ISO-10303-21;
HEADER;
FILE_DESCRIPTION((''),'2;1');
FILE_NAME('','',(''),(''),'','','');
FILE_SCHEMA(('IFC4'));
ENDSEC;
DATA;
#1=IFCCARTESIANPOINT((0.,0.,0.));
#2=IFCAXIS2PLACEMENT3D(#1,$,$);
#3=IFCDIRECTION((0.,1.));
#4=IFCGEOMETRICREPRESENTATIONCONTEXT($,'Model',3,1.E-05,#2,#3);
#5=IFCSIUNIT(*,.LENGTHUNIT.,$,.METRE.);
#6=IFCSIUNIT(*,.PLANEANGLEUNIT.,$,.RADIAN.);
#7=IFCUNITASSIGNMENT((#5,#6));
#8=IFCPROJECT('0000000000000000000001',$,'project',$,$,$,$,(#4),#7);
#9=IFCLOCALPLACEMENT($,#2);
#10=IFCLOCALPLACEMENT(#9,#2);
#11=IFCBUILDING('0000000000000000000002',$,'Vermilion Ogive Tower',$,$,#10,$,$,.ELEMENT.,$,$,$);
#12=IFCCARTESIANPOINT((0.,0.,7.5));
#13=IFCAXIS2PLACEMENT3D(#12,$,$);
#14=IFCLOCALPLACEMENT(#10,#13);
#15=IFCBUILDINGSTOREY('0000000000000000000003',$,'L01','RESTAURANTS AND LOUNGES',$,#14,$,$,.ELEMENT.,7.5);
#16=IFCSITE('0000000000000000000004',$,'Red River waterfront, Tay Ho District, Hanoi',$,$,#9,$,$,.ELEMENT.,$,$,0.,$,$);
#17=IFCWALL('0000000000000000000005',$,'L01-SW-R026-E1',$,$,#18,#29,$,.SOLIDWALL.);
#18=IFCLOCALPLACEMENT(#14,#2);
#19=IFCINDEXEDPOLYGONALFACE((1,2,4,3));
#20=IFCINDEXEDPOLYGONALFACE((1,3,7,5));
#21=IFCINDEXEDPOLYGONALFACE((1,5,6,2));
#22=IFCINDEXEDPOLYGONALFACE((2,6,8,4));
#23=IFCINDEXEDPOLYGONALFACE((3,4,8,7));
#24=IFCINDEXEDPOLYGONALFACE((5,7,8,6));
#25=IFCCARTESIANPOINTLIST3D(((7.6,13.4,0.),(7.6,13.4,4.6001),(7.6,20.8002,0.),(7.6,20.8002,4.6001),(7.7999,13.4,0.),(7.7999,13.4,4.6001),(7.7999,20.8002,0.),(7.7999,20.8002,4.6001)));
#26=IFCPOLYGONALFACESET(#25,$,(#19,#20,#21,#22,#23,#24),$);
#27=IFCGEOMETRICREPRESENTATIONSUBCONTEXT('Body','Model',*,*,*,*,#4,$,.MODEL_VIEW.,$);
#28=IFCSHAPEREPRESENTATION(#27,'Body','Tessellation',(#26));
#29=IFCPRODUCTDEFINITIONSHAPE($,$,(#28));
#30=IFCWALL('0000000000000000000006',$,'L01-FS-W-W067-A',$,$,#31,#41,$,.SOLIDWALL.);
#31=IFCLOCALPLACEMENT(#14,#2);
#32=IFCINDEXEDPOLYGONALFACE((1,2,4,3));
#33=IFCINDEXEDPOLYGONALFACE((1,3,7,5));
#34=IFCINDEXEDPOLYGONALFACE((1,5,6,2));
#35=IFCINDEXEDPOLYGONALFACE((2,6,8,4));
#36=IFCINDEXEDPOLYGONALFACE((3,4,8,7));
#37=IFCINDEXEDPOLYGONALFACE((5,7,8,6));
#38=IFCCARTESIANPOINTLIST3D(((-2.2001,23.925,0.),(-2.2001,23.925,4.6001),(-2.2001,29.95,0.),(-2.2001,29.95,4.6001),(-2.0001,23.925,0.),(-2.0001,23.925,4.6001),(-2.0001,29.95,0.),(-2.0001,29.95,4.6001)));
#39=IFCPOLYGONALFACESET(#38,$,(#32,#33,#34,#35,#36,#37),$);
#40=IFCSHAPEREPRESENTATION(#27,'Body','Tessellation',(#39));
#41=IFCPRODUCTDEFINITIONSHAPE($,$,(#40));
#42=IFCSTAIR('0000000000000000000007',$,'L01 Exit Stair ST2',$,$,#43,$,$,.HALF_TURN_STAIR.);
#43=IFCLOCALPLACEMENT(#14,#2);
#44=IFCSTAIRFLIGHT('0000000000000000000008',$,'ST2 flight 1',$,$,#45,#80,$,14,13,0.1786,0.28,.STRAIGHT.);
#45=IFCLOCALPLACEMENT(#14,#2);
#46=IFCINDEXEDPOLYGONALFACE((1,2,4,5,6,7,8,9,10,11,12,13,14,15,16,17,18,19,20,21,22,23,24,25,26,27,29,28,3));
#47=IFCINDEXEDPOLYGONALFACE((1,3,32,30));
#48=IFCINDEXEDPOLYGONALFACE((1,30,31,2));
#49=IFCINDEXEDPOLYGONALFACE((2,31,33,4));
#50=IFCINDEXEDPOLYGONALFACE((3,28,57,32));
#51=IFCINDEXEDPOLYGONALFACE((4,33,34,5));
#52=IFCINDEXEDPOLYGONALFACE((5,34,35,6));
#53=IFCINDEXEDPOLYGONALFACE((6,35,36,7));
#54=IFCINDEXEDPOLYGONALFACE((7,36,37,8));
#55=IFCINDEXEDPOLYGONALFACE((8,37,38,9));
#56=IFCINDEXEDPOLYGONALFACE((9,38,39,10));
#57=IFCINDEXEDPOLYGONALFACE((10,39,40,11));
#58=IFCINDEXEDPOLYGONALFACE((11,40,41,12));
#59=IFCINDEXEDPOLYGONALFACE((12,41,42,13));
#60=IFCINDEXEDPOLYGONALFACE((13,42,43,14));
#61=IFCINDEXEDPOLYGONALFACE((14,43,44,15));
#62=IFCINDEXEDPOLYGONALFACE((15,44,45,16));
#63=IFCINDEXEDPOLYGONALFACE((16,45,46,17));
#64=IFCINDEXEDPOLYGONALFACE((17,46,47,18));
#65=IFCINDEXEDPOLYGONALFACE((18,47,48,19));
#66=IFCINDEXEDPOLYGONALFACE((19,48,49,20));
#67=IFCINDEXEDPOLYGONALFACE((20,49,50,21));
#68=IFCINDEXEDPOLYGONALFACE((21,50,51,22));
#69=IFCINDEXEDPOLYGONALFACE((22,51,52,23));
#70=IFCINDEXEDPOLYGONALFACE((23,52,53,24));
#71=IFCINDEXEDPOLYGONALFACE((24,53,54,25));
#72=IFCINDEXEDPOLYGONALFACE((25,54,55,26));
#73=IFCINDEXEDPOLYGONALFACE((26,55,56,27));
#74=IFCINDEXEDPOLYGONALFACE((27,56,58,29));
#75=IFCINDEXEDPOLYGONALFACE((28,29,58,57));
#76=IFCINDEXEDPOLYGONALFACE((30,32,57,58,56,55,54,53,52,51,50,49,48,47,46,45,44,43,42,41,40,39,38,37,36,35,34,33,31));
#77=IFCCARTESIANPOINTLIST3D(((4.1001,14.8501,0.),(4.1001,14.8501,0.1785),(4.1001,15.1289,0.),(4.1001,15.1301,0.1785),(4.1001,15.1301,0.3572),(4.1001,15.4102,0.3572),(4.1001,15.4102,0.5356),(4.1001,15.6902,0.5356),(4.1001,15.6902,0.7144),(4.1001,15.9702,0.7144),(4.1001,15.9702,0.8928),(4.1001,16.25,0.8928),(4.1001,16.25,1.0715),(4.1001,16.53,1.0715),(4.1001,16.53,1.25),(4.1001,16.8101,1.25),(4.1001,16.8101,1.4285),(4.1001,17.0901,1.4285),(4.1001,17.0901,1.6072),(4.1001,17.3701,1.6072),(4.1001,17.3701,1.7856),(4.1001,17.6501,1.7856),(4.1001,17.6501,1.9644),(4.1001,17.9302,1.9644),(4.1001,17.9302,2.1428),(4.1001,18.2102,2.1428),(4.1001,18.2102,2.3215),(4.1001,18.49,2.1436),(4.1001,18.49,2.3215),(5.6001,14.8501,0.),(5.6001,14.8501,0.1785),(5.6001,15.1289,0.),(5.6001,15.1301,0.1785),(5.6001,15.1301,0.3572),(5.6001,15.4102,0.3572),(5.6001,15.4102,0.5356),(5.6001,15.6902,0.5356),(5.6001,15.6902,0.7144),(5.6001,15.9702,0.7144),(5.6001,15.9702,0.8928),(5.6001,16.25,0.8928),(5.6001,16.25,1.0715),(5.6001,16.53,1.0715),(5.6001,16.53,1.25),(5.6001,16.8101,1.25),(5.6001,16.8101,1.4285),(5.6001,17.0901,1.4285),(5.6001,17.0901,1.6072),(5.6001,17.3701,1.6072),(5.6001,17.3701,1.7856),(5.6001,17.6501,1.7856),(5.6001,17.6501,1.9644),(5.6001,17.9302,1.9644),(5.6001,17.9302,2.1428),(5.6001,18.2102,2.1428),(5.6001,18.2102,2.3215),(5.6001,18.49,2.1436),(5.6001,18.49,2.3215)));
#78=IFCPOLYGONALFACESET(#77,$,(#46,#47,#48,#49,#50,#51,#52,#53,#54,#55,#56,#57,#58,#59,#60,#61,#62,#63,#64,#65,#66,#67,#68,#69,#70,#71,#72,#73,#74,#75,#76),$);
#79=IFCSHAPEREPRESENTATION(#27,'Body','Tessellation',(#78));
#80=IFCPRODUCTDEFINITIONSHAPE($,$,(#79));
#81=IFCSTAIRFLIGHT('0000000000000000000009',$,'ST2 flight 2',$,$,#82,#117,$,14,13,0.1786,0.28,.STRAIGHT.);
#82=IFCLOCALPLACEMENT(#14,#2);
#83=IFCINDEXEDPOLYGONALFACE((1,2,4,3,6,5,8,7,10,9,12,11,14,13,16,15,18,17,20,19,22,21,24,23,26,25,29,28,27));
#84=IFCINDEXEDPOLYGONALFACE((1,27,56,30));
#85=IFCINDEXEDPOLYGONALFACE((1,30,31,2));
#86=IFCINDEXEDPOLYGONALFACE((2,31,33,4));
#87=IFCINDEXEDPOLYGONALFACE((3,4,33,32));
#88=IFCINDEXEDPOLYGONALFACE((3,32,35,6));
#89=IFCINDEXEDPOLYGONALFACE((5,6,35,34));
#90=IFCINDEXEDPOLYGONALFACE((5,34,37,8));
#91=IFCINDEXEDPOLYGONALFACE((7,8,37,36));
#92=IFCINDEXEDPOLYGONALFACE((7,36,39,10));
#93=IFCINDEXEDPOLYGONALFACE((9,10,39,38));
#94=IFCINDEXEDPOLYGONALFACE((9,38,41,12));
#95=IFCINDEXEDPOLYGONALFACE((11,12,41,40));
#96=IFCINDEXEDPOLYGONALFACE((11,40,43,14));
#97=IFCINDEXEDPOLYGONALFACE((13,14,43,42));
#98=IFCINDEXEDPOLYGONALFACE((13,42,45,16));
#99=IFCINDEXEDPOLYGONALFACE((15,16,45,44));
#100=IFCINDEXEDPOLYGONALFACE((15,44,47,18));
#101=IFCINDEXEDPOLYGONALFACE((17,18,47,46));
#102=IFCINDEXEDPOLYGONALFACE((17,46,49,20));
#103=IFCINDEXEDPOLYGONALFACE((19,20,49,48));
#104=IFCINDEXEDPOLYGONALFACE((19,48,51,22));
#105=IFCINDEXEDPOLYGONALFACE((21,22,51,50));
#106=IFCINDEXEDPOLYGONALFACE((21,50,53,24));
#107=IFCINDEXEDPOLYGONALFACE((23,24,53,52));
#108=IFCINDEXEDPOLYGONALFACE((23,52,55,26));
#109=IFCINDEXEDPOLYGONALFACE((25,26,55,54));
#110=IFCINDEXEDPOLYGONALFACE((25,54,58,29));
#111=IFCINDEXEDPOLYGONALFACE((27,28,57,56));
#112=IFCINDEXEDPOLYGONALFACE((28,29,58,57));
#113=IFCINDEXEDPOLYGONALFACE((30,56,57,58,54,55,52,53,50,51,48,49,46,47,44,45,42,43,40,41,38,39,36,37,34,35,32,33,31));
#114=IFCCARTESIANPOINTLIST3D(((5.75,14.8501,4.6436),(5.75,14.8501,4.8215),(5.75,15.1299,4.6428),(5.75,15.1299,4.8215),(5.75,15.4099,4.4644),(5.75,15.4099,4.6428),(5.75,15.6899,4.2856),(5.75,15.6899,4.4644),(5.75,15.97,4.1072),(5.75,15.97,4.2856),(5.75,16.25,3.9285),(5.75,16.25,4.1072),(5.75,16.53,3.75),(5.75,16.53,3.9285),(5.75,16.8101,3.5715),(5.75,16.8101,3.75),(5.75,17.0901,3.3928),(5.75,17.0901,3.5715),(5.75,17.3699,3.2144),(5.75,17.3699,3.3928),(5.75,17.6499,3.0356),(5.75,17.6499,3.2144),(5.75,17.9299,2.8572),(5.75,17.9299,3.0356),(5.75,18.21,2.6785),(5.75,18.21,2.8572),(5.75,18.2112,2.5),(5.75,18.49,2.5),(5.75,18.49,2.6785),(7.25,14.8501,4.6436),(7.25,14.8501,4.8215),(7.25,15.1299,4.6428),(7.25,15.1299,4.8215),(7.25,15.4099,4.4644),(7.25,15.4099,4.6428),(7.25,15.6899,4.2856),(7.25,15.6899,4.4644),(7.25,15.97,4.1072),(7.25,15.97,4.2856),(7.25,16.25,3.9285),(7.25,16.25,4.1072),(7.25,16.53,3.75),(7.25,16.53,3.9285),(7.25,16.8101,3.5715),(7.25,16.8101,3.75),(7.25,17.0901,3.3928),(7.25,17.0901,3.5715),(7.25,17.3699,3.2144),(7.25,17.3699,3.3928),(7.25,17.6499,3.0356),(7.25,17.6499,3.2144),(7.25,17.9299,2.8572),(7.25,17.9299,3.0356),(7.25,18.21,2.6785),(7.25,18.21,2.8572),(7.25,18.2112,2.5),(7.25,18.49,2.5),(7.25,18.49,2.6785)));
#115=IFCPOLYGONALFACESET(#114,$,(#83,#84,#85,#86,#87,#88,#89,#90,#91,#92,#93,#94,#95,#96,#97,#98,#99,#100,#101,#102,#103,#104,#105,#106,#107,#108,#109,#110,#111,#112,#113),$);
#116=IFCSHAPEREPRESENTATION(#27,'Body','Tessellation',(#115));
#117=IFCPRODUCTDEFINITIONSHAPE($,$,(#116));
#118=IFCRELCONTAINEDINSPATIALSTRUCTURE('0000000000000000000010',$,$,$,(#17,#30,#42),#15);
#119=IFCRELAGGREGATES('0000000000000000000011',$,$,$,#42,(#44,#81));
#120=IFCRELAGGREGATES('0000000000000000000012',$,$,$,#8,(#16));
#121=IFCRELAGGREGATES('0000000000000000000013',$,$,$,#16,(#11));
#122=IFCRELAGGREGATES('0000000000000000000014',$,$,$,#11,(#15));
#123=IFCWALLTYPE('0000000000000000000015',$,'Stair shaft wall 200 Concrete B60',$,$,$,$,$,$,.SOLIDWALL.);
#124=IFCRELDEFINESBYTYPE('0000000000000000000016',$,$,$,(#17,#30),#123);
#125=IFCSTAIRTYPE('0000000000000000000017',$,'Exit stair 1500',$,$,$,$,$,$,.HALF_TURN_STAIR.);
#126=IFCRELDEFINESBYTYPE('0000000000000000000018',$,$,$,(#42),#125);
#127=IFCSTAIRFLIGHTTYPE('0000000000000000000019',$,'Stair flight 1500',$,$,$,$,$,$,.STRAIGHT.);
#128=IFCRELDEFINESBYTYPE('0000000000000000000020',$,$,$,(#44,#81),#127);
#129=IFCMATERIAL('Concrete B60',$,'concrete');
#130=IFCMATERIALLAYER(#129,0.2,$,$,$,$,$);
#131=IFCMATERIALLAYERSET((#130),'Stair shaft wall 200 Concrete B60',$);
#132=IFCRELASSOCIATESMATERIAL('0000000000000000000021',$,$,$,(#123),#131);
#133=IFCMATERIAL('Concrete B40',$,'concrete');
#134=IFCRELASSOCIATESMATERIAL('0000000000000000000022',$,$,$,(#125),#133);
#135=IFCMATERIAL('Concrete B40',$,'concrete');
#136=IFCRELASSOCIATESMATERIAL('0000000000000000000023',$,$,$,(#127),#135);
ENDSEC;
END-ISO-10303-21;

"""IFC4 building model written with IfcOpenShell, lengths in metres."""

from ifc_helpers import new_model, si_unit, direction, frame, frame_2d, origin, place, context, subcontext, project, spatial, polyline, rectangle, outline, extrude, material, layer, layer_set, type_object, element, aggregate, save


model = new_model("IFC4")

# Units and contexts
model_context = context("Model", 3, precision=1e-05, world=origin(), true_north=direction((0.0, 1.0)))
body_context = subcontext(model_context, "Body", "Model", "MODEL_VIEW")
ifc_project = project(units=[si_unit("LENGTHUNIT", "METRE"), si_unit("PLANEANGLEUNIT", "RADIAN")], contexts=[model_context])

# Site, building, storey
site_placement = place(None, origin())
site = spatial("IfcSite", under=ifc_project, at=site_placement, Name="Red River waterfront, Tay Ho District, Hanoi", CompositionType="ELEMENT", RefElevation=0.0)
building_placement = place(site_placement, origin())
building = spatial("IfcBuilding", under=site, at=building_placement, Name="Vermilion Ogive Tower", CompositionType="ELEMENT")
storey_placement = place(building_placement, frame((0.0, 0.0, 7.5)))
storey = spatial("IfcBuildingStorey", under=building, at=storey_placement, Name="L01", Description="RESTAURANTS AND LOUNGES", CompositionType="ELEMENT", Elevation=7.5)

# Shared definitions
ifc_material_1 = material(Name="Concrete B60", Category="concrete")
ifc_layer_1 = layer(ifc_material_1, 0.2)
ifc_layer_set_1 = layer_set([ifc_layer_1], Name="Stair shaft wall 200 Concrete B60")
wall_type_1 = type_object("IfcWallType", Name="Stair shaft wall 200 Concrete B60", PredefinedType="SOLIDWALL", material=ifc_layer_set_1)

# Walls
wall_1_placement = place(storey_placement, frame((7.7, 13.3999, 0.0), z_axis=(0.0, 0.0, 1.0), x_axis=(0.0, 1.0, 0.0)))
element("IfcWall", 1, at=wall_1_placement, inside=storey, type_object=wall_type_1, Name="L01-SW-R026-E1", PredefinedType="SOLIDWALL", context=body_context, shape_type="SweptSolid", body=[
    extrude(rectangle(XDim=7.4001, YDim=0.2, at=frame_2d((3.7002, 0.0))), origin(), (0.0, 0.0, 1.0), 4.6001),
])
wall_2_placement = place(storey_placement, frame((-2.1001, 23.925, 0.0), z_axis=(0.0, 0.0, 1.0), x_axis=(0.0, 1.0, 0.0)))
element("IfcWall", 2, at=wall_2_placement, inside=storey, type_object=wall_type_1, Name="L01-FS-W-W067-A", PredefinedType="SOLIDWALL", context=body_context, shape_type="SweptSolid", body=[
    extrude(rectangle(XDim=6.0249, YDim=0.2, at=frame_2d((3.0125, 0.0))), origin(), (0.0, 0.0, 1.0), 4.6001),
])

# Stair, stair flights
ifc_material_2 = material(Name="Concrete B40", Category="concrete")
stair_type = type_object("IfcStairType", Name="Exit stair 1500", PredefinedType="HALF_TURN_STAIR", material=ifc_material_2)
stair_placement = place(storey_placement, origin())
stair = element("IfcStair", 3, at=stair_placement, inside=storey, type_object=stair_type, Name="L01 Exit Stair ST2", PredefinedType="HALF_TURN_STAIR")
ifc_material_3 = material(Name="Concrete B40", Category="concrete")
stair_flight_type = type_object("IfcStairFlightType", Name="Stair flight 1500", PredefinedType="STRAIGHT", material=ifc_material_3)
stair_flight_1_placement = place(storey_placement, frame((4.8501, 14.8501, 0.0), z_axis=(0.0, 0.0, 1.0), x_axis=(0.0, 1.0, 0.0)))
stair_flight_1 = element("IfcStairFlight", 4, at=stair_flight_1_placement, type_object=stair_flight_type, Name="ST2 flight 1", NumberOfRisers=14, NumberOfTreads=13, PredefinedType="STRAIGHT", RiserHeight=0.1786, TreadLength=0.28, context=body_context, shape_type="SweptSolid", body=[
    extrude(outline(polyline([(0.0, 0.0), (0.0, 0.1785), (0.28, 0.1785), (0.28, 0.3572), (0.5601, 0.3572), (0.5601, 0.5356), (0.8401, 0.5356), (0.8401, 0.7144), (1.1201, 0.7144), (1.1201, 0.8928), (1.3999, 0.8928), (1.3999, 1.0715), (1.6799, 1.0715), (1.6799, 1.25), (1.96, 1.25), (1.96, 1.4285), (2.24, 1.4285), (2.24, 1.6072), (2.52, 1.6072), (2.52, 1.7856), (2.8, 1.7856), (2.8, 1.9644), (3.0801, 1.9644), (3.0801, 2.1428), (3.3601, 2.1428), (3.3601, 2.3215), (3.6399, 2.3215), (3.6399, 2.5), (3.6399, 2.1436), (0.2788, 0.0), (0.0, 0.0)])), frame((0.0, 0.75, 0.0), z_axis=(0.0, -1.0, 0.0), x_axis=(1.0, 0.0, 0.0)), (0.0, 0.0, 1.0), 1.5),
])
stair_flight_2_placement = place(storey_placement, frame((6.5, 18.49, 2.5), z_axis=(0.0, 0.0, 1.0), x_axis=(0.0, -1.0, 0.0)))
stair_flight_2 = element("IfcStairFlight", 5, at=stair_flight_2_placement, type_object=stair_flight_type, Name="ST2 flight 2", NumberOfRisers=14, NumberOfTreads=13, PredefinedType="STRAIGHT", RiserHeight=0.1786, TreadLength=0.28, context=body_context, shape_type="SweptSolid", body=[
    extrude(outline(polyline([(0.0, 0.0), (0.0, 0.1785), (0.28, 0.1785), (0.28, 0.3572), (0.5601, 0.3572), (0.5601, 0.5356), (0.8401, 0.5356), (0.8401, 0.7144), (1.1201, 0.7144), (1.1201, 0.8928), (1.3999, 0.8928), (1.3999, 1.0715), (1.6799, 1.0715), (1.6799, 1.25), (1.96, 1.25), (1.96, 1.4285), (2.24, 1.4285), (2.24, 1.6072), (2.52, 1.6072), (2.52, 1.7856), (2.8, 1.7856), (2.8, 1.9644), (3.0801, 1.9644), (3.0801, 2.1428), (3.3601, 2.1428), (3.3601, 2.3215), (3.6399, 2.3215), (3.6399, 2.5), (3.6399, 2.1436), (0.2788, 0.0), (0.0, 0.0)])), frame((0.0, 0.75, 0.0), z_axis=(0.0, -1.0, 0.0), x_axis=(1.0, 0.0, 0.0)), (0.0, 0.0, 1.0), 1.5),
])
aggregate(stair, [stair_flight_1, stair_flight_2])

save(model, "model.ifc")
